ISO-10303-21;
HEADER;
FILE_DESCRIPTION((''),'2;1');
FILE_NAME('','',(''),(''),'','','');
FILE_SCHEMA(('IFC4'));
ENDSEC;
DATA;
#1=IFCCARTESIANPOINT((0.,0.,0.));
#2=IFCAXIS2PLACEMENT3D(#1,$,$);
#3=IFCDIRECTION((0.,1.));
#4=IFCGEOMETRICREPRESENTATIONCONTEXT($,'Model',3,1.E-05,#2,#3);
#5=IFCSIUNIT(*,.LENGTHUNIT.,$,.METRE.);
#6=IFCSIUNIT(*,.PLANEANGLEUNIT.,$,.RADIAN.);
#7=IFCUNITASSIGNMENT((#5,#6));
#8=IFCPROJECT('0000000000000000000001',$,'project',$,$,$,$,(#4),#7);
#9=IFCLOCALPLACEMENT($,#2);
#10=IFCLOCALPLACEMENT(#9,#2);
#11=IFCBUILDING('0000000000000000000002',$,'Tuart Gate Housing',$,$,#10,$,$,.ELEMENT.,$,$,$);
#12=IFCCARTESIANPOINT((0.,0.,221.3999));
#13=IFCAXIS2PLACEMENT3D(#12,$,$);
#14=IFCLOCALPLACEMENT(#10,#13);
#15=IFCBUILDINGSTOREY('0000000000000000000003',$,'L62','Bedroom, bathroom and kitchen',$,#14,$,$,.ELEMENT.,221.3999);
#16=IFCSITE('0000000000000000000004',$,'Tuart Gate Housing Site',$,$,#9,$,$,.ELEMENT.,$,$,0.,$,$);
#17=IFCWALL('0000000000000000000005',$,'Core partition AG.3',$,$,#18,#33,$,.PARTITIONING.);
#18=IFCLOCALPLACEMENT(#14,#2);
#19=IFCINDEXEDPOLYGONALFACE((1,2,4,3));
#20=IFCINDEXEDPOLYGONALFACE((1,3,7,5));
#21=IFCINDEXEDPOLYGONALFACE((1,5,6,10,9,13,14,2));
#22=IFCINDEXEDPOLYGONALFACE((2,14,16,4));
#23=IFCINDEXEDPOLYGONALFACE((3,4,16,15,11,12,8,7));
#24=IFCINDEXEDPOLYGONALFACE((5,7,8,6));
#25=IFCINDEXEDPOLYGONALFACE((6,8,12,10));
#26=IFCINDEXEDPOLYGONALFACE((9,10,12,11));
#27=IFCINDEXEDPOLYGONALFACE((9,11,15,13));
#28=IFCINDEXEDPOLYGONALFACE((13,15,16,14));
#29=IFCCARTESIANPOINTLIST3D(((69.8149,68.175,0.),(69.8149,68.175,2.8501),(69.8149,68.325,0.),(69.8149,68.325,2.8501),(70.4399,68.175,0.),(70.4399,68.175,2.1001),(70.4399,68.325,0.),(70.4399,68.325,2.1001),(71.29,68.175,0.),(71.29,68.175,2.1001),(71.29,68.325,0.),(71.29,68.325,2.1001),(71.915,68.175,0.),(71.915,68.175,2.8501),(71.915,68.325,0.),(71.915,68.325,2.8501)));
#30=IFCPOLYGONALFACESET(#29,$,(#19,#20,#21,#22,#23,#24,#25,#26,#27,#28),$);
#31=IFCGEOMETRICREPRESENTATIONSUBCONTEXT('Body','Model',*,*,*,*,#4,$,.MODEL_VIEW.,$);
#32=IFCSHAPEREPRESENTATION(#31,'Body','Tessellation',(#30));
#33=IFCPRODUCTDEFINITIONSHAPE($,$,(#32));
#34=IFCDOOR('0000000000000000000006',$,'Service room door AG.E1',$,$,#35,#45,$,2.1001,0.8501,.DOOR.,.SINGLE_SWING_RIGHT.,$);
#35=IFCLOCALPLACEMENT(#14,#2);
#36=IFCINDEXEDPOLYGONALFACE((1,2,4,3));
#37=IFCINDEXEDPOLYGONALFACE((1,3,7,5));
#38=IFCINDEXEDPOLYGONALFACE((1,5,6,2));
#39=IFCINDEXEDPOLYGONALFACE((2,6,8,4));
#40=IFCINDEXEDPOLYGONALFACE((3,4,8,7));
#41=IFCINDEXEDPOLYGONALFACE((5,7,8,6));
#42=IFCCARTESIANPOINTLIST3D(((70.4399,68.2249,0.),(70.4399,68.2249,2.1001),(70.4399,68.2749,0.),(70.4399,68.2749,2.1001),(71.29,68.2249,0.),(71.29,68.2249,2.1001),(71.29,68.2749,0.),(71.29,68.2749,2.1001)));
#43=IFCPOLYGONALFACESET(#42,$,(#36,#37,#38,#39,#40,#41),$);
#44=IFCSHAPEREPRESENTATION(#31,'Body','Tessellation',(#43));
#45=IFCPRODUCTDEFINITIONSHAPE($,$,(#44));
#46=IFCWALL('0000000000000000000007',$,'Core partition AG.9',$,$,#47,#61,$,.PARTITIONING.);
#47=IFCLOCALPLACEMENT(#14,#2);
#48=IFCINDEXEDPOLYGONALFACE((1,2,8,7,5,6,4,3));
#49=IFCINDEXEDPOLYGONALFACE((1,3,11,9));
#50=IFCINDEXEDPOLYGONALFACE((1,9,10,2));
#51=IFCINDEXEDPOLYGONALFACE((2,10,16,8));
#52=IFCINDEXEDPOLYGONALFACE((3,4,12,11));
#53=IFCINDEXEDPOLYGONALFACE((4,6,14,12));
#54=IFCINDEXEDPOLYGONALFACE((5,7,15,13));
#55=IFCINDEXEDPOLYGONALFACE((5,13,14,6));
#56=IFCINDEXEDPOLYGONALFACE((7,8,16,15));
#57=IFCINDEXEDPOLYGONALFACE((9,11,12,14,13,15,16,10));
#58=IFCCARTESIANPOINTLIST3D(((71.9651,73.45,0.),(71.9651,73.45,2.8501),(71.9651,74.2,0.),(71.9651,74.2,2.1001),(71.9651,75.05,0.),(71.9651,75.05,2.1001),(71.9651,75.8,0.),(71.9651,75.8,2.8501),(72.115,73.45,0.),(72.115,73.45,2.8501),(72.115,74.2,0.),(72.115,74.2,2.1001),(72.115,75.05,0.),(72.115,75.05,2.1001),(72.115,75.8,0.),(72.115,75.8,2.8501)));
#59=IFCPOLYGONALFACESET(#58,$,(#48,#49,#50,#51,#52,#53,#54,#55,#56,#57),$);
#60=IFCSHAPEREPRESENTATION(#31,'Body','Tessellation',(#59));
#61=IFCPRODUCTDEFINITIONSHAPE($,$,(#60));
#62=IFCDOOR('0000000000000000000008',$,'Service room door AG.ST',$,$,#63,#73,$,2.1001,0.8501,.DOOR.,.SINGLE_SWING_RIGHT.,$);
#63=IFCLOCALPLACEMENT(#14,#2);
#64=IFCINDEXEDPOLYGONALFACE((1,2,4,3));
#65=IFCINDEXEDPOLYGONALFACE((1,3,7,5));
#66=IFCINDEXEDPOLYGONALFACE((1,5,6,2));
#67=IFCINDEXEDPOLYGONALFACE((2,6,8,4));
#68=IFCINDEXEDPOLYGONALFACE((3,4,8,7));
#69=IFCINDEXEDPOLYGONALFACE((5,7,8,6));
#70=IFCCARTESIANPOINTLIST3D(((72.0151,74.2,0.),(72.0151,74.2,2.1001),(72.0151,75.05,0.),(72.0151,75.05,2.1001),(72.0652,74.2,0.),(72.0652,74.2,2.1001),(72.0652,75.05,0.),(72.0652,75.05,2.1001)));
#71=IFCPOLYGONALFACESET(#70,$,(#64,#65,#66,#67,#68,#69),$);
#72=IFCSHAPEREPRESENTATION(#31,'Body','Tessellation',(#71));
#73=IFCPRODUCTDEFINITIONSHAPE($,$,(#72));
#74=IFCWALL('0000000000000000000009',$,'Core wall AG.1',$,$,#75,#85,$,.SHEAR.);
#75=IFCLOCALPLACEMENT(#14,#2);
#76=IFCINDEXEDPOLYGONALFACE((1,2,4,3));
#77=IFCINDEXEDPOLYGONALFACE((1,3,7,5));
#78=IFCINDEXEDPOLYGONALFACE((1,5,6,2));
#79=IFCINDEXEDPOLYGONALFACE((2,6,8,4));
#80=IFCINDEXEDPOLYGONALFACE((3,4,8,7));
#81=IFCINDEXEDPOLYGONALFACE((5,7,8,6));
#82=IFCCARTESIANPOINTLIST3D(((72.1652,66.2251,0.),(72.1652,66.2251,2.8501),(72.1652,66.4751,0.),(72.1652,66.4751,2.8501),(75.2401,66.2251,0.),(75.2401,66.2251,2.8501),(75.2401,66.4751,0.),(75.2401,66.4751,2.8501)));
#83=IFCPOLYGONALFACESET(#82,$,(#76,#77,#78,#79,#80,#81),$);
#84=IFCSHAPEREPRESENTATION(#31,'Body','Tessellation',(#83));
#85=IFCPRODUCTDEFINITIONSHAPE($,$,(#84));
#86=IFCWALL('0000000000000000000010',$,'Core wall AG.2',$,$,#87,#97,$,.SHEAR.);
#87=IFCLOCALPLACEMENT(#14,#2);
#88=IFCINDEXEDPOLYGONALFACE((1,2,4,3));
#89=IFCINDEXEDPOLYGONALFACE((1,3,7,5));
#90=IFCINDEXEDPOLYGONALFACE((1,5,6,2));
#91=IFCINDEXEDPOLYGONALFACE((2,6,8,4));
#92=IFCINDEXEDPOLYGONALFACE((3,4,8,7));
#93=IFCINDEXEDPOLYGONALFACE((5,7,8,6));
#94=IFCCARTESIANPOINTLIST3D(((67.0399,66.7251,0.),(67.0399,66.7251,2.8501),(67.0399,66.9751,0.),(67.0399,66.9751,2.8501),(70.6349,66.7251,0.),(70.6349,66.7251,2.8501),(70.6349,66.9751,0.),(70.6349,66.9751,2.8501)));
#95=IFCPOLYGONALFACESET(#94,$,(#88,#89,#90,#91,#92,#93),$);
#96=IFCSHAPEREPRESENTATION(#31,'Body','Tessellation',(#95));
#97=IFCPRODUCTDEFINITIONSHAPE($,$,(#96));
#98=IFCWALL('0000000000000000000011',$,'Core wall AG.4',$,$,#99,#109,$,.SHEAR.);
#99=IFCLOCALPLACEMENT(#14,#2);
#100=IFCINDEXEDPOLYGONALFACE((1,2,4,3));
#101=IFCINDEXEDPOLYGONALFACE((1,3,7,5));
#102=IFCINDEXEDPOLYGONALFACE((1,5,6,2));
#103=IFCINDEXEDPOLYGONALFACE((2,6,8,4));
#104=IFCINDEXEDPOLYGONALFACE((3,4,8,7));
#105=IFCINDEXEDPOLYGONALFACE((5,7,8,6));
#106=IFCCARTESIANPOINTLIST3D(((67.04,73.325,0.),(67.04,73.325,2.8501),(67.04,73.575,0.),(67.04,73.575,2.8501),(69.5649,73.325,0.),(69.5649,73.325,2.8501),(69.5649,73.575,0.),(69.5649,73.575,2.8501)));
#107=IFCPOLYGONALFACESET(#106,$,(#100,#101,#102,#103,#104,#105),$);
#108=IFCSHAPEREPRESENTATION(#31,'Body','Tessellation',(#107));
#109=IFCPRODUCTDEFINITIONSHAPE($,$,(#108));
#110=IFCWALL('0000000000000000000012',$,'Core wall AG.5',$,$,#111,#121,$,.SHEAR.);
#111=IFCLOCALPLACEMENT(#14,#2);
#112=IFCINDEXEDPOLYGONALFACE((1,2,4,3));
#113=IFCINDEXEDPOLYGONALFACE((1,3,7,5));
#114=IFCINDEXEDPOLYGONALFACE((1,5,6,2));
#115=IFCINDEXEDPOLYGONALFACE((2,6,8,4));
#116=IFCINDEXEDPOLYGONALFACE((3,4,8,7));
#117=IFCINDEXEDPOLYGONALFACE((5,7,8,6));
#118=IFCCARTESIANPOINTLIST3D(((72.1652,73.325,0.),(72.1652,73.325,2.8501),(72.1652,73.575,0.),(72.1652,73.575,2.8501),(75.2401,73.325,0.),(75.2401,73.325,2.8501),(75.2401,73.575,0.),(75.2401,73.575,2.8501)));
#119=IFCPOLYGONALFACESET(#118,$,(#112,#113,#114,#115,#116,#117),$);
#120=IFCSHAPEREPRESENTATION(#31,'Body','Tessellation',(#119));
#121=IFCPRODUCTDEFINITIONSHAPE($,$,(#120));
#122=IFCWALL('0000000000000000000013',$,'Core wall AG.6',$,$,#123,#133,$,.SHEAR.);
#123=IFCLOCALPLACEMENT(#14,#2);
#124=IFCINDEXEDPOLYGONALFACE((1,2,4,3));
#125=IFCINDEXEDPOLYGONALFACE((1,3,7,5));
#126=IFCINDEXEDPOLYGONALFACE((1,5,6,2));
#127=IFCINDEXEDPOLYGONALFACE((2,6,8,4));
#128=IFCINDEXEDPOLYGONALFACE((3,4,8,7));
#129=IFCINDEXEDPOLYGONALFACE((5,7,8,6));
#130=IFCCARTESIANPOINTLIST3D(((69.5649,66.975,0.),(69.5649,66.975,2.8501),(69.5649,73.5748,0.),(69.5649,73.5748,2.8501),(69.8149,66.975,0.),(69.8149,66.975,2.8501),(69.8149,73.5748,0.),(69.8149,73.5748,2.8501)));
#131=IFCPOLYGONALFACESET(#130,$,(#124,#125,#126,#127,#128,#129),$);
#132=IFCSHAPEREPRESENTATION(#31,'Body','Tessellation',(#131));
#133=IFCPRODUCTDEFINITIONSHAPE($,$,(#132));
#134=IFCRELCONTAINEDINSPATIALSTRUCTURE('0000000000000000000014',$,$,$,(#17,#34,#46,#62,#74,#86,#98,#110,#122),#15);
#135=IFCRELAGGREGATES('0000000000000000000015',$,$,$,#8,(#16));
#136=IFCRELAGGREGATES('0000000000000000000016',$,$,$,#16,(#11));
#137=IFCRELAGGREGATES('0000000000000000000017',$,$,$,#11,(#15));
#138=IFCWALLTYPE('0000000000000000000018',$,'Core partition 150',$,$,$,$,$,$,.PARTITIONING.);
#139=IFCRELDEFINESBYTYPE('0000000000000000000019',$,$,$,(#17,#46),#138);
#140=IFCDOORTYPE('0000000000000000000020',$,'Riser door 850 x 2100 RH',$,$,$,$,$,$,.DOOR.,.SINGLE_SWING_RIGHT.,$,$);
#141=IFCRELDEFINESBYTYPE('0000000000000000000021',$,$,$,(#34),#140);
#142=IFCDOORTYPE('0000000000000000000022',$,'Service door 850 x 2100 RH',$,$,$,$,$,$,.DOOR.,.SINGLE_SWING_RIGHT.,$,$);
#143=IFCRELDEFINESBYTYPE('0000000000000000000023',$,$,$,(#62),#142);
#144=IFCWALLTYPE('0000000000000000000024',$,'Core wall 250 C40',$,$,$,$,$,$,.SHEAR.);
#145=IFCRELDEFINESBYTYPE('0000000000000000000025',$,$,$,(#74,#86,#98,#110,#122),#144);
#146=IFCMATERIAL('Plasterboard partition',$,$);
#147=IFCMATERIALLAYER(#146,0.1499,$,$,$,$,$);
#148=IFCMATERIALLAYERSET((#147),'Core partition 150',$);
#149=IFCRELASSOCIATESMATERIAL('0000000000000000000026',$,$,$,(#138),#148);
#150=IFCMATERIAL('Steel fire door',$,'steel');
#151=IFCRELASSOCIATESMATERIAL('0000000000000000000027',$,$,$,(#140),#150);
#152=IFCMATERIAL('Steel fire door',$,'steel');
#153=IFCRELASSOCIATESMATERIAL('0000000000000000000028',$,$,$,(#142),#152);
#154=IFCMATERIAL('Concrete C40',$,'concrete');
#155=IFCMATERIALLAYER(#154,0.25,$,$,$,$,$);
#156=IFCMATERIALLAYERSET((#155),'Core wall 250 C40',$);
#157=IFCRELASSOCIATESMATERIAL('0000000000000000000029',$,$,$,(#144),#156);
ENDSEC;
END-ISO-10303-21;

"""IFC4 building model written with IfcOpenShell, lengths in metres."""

from ifc_helpers import new_model, si_unit, direction, frame, frame_2d, origin, place, context, subcontext, project, spatial, rectangle, extrude, material, layer, layer_set, type_object, element, fill, save


model = new_model("IFC4")

# Units and contexts
model_context = context("Model", 3, precision=1e-05, world=origin(), true_north=direction((0.0, 1.0)))
body_context = subcontext(model_context, "Body", "Model", "MODEL_VIEW")
ifc_project = project(units=[si_unit("LENGTHUNIT", "METRE"), si_unit("PLANEANGLEUNIT", "RADIAN")], contexts=[model_context])

# Site, building, storey
site_placement = place(None, origin())
site = spatial("IfcSite", under=ifc_project, at=site_placement, Name="Tuart Gate Housing Site", CompositionType="ELEMENT", RefElevation=0.0)
building_placement = place(site_placement, origin())
building = spatial("IfcBuilding", under=site, at=building_placement, Name="Tuart Gate Housing", CompositionType="ELEMENT")
storey_placement = place(building_placement, frame((0.0, 0.0, 221.3999)))
storey = spatial("IfcBuildingStorey", under=building, at=storey_placement, Name="L62", Description="Bedroom, bathroom and kitchen", CompositionType="ELEMENT", Elevation=221.3999)

# Walls, openings, doors
ifc_material_1 = material(Name="Plasterboard partition")
ifc_layer_1 = layer(ifc_material_1, 0.1499)
ifc_layer_set_1 = layer_set([ifc_layer_1], Name="Core partition 150")
wall_type_1 = type_object("IfcWallType", Name="Core partition 150", PredefinedType="PARTITIONING", material=ifc_layer_set_1)
wall_1_placement = place(storey_placement, frame((69.8149, 68.25, 0.0), z_axis=(0.0, 0.0, 1.0), x_axis=(1.0, 0.0, 0.0)))
wall_1 = element("IfcWall", 1, at=wall_1_placement, inside=storey, type_object=wall_type_1, Name="Core partition AG.3", PredefinedType="PARTITIONING", context=body_context, shape_type="SweptSolid", body=[
    extrude(rectangle(XDim=2.1001, YDim=0.1499, at=frame_2d((1.05, 0.0))), origin(), (0.0, 0.0, 1.0), 2.8501),
])
opening_1_placement = place(wall_1_placement, frame((0.625, 0.0, 0.0)))
opening_1 = element("IfcOpeningElement", 2, at=opening_1_placement, cuts=wall_1, PredefinedType="OPENING", context=body_context, shape_type="SweptSolid", body=[
    extrude(rectangle(XDim=0.8501, YDim=2.1001, at=frame_2d((0.425, 1.05))), frame((0.0, 0.085, 0.0), z_axis=(0.0, -1.0, 0.0), x_axis=(1.0, 0.0, 0.0)), (0.0, 0.0, 1.0), 0.1699),
])
ifc_material_2 = material(Name="Steel fire door", Category="steel")
door_type_1 = type_object("IfcDoorType", Name="Riser door 850 x 2100 RH", OperationType="SINGLE_SWING_RIGHT", PredefinedType="DOOR", material=ifc_material_2)
door_1_placement = place(opening_1_placement, frame((0.8501, 0.0, 0.0), z_axis=(0.0, 0.0, 1.0), x_axis=(-1.0, 0.0, 0.0)))
door_1 = element("IfcDoor", 3, at=door_1_placement, inside=storey, type_object=door_type_1, Name="Service room door AG.E1", OperationType="SINGLE_SWING_RIGHT", OverallHeight=2.1001, OverallWidth=0.8501, PredefinedType="DOOR", context=body_context, shape_type="SweptSolid", body=[
    extrude(rectangle(XDim=0.8501, YDim=2.1001, at=frame_2d((0.425, 1.05))), frame((0.0, 0.0251, 0.0), z_axis=(0.0, -1.0, 0.0), x_axis=(1.0, 0.0, 0.0)), (0.0, 0.0, 1.0), 0.05),
])
fill(opening_1, door_1)
wall_2_placement = place(storey_placement, frame((72.04, 73.45, 0.0), z_axis=(0.0, 0.0, 1.0), x_axis=(0.0, 1.0, 0.0)))
wall_2 = element("IfcWall", 4, at=wall_2_placement, inside=storey, type_object=wall_type_1, Name="Core partition AG.9", PredefinedType="PARTITIONING", context=body_context, shape_type="SweptSolid", body=[
    extrude(rectangle(XDim=2.3501, YDim=0.1499, at=frame_2d((1.175, 0.0))), origin(), (0.0, 0.0, 1.0), 2.8501),
])
opening_2_placement = place(wall_2_placement, frame((0.75, 0.0, 0.0)))
opening_2 = element("IfcOpeningElement", 5, at=opening_2_placement, cuts=wall_2, PredefinedType="OPENING", context=body_context, shape_type="SweptSolid", body=[
    extrude(rectangle(XDim=0.8501, YDim=2.1001, at=frame_2d((0.425, 1.05))), frame((0.0, 0.085, 0.0), z_axis=(0.0, -1.0, 0.0), x_axis=(1.0, 0.0, 0.0)), (0.0, 0.0, 1.0), 0.1699),
])
ifc_material_3 = material(Name="Steel fire door", Category="steel")
door_type_2 = type_object("IfcDoorType", Name="Service door 850 x 2100 RH", OperationType="SINGLE_SWING_RIGHT", PredefinedType="DOOR", material=ifc_material_3)
door_2_placement = place(opening_2_placement, frame((0.8501, 0.0, 0.0), z_axis=(0.0, 0.0, 1.0), x_axis=(-1.0, 0.0, 0.0)))
door_2 = element("IfcDoor", 6, at=door_2_placement, inside=storey, type_object=door_type_2, Name="Service room door AG.ST", OperationType="SINGLE_SWING_RIGHT", OverallHeight=2.1001, OverallWidth=0.8501, PredefinedType="DOOR", context=body_context, shape_type="SweptSolid", body=[
    extrude(rectangle(XDim=0.8501, YDim=2.1001, at=frame_2d((0.425, 1.05))), frame((0.0, 0.0251, 0.0), z_axis=(0.0, -1.0, 0.0), x_axis=(1.0, 0.0, 0.0)), (0.0, 0.0, 1.0), 0.05),
])
fill(opening_2, door_2)

# Walls
ifc_material_4 = material(Name="Concrete C40", Category="concrete")
ifc_layer_2 = layer(ifc_material_4, 0.25)
ifc_layer_set_2 = layer_set([ifc_layer_2], Name="Core wall 250 C40")
wall_type_2 = type_object("IfcWallType", Name="Core wall 250 C40", PredefinedType="SHEAR", material=ifc_layer_set_2)
wall_3_placement = place(storey_placement, frame((72.165, 66.3501, 0.0), z_axis=(0.0, 0.0, 1.0), x_axis=(1.0, 0.0, 0.0)))
element("IfcWall", 7, at=wall_3_placement, inside=storey, type_object=wall_type_2, Name="Core wall AG.1", PredefinedType="SHEAR", context=body_context, shape_type="SweptSolid", body=[
    extrude(rectangle(XDim=3.075, YDim=0.25, at=frame_2d((1.5376, 0.0))), origin(), (0.0, 0.0, 1.0), 2.8501),
])
wall_4_placement = place(storey_placement, frame((67.04, 66.8501, 0.0), z_axis=(0.0, 0.0, 1.0), x_axis=(1.0, 0.0, 0.0)))
element("IfcWall", 8, at=wall_4_placement, inside=storey, type_object=wall_type_2, Name="Core wall AG.2", PredefinedType="SHEAR", context=body_context, shape_type="SweptSolid", body=[
    extrude(rectangle(XDim=3.595, YDim=0.25, at=frame_2d((1.7974, 0.0))), origin(), (0.0, 0.0, 1.0), 2.8501),
])
wall_5_placement = place(storey_placement, frame((67.04, 73.45, 0.0), z_axis=(0.0, 0.0, 1.0), x_axis=(1.0, 0.0, 0.0)))
element("IfcWall", 9, at=wall_5_placement, inside=storey, type_object=wall_type_2, Name="Core wall AG.4", PredefinedType="SHEAR", context=body_context, shape_type="SweptSolid", body=[
    extrude(rectangle(XDim=2.5249, YDim=0.25, at=frame_2d((1.2625, 0.0))), origin(), (0.0, 0.0, 1.0), 2.8501),
])
wall_6_placement = place(storey_placement, frame((72.165, 73.45, 0.0), z_axis=(0.0, 0.0, 1.0), x_axis=(1.0, 0.0, 0.0)))
element("IfcWall", 10, at=wall_6_placement, inside=storey, type_object=wall_type_2, Name="Core wall AG.5", PredefinedType="SHEAR", context=body_context, shape_type="SweptSolid", body=[
    extrude(rectangle(XDim=3.075, YDim=0.25, at=frame_2d((1.5376, 0.0))), origin(), (0.0, 0.0, 1.0), 2.8501),
])
wall_7_placement = place(storey_placement, frame((69.6899, 66.9751, 0.0), z_axis=(0.0, 0.0, 1.0), x_axis=(0.0, 1.0, 0.0)))
element("IfcWall", 11, at=wall_7_placement, inside=storey, type_object=wall_type_2, Name="Core wall AG.6", PredefinedType="SHEAR", context=body_context, shape_type="SweptSolid", body=[
    extrude(rectangle(XDim=6.5999, YDim=0.25, at=frame_2d((3.2998, 0.0))), origin(), (0.0, 0.0, 1.0), 2.8501),
])

save(model, "model.ifc")
